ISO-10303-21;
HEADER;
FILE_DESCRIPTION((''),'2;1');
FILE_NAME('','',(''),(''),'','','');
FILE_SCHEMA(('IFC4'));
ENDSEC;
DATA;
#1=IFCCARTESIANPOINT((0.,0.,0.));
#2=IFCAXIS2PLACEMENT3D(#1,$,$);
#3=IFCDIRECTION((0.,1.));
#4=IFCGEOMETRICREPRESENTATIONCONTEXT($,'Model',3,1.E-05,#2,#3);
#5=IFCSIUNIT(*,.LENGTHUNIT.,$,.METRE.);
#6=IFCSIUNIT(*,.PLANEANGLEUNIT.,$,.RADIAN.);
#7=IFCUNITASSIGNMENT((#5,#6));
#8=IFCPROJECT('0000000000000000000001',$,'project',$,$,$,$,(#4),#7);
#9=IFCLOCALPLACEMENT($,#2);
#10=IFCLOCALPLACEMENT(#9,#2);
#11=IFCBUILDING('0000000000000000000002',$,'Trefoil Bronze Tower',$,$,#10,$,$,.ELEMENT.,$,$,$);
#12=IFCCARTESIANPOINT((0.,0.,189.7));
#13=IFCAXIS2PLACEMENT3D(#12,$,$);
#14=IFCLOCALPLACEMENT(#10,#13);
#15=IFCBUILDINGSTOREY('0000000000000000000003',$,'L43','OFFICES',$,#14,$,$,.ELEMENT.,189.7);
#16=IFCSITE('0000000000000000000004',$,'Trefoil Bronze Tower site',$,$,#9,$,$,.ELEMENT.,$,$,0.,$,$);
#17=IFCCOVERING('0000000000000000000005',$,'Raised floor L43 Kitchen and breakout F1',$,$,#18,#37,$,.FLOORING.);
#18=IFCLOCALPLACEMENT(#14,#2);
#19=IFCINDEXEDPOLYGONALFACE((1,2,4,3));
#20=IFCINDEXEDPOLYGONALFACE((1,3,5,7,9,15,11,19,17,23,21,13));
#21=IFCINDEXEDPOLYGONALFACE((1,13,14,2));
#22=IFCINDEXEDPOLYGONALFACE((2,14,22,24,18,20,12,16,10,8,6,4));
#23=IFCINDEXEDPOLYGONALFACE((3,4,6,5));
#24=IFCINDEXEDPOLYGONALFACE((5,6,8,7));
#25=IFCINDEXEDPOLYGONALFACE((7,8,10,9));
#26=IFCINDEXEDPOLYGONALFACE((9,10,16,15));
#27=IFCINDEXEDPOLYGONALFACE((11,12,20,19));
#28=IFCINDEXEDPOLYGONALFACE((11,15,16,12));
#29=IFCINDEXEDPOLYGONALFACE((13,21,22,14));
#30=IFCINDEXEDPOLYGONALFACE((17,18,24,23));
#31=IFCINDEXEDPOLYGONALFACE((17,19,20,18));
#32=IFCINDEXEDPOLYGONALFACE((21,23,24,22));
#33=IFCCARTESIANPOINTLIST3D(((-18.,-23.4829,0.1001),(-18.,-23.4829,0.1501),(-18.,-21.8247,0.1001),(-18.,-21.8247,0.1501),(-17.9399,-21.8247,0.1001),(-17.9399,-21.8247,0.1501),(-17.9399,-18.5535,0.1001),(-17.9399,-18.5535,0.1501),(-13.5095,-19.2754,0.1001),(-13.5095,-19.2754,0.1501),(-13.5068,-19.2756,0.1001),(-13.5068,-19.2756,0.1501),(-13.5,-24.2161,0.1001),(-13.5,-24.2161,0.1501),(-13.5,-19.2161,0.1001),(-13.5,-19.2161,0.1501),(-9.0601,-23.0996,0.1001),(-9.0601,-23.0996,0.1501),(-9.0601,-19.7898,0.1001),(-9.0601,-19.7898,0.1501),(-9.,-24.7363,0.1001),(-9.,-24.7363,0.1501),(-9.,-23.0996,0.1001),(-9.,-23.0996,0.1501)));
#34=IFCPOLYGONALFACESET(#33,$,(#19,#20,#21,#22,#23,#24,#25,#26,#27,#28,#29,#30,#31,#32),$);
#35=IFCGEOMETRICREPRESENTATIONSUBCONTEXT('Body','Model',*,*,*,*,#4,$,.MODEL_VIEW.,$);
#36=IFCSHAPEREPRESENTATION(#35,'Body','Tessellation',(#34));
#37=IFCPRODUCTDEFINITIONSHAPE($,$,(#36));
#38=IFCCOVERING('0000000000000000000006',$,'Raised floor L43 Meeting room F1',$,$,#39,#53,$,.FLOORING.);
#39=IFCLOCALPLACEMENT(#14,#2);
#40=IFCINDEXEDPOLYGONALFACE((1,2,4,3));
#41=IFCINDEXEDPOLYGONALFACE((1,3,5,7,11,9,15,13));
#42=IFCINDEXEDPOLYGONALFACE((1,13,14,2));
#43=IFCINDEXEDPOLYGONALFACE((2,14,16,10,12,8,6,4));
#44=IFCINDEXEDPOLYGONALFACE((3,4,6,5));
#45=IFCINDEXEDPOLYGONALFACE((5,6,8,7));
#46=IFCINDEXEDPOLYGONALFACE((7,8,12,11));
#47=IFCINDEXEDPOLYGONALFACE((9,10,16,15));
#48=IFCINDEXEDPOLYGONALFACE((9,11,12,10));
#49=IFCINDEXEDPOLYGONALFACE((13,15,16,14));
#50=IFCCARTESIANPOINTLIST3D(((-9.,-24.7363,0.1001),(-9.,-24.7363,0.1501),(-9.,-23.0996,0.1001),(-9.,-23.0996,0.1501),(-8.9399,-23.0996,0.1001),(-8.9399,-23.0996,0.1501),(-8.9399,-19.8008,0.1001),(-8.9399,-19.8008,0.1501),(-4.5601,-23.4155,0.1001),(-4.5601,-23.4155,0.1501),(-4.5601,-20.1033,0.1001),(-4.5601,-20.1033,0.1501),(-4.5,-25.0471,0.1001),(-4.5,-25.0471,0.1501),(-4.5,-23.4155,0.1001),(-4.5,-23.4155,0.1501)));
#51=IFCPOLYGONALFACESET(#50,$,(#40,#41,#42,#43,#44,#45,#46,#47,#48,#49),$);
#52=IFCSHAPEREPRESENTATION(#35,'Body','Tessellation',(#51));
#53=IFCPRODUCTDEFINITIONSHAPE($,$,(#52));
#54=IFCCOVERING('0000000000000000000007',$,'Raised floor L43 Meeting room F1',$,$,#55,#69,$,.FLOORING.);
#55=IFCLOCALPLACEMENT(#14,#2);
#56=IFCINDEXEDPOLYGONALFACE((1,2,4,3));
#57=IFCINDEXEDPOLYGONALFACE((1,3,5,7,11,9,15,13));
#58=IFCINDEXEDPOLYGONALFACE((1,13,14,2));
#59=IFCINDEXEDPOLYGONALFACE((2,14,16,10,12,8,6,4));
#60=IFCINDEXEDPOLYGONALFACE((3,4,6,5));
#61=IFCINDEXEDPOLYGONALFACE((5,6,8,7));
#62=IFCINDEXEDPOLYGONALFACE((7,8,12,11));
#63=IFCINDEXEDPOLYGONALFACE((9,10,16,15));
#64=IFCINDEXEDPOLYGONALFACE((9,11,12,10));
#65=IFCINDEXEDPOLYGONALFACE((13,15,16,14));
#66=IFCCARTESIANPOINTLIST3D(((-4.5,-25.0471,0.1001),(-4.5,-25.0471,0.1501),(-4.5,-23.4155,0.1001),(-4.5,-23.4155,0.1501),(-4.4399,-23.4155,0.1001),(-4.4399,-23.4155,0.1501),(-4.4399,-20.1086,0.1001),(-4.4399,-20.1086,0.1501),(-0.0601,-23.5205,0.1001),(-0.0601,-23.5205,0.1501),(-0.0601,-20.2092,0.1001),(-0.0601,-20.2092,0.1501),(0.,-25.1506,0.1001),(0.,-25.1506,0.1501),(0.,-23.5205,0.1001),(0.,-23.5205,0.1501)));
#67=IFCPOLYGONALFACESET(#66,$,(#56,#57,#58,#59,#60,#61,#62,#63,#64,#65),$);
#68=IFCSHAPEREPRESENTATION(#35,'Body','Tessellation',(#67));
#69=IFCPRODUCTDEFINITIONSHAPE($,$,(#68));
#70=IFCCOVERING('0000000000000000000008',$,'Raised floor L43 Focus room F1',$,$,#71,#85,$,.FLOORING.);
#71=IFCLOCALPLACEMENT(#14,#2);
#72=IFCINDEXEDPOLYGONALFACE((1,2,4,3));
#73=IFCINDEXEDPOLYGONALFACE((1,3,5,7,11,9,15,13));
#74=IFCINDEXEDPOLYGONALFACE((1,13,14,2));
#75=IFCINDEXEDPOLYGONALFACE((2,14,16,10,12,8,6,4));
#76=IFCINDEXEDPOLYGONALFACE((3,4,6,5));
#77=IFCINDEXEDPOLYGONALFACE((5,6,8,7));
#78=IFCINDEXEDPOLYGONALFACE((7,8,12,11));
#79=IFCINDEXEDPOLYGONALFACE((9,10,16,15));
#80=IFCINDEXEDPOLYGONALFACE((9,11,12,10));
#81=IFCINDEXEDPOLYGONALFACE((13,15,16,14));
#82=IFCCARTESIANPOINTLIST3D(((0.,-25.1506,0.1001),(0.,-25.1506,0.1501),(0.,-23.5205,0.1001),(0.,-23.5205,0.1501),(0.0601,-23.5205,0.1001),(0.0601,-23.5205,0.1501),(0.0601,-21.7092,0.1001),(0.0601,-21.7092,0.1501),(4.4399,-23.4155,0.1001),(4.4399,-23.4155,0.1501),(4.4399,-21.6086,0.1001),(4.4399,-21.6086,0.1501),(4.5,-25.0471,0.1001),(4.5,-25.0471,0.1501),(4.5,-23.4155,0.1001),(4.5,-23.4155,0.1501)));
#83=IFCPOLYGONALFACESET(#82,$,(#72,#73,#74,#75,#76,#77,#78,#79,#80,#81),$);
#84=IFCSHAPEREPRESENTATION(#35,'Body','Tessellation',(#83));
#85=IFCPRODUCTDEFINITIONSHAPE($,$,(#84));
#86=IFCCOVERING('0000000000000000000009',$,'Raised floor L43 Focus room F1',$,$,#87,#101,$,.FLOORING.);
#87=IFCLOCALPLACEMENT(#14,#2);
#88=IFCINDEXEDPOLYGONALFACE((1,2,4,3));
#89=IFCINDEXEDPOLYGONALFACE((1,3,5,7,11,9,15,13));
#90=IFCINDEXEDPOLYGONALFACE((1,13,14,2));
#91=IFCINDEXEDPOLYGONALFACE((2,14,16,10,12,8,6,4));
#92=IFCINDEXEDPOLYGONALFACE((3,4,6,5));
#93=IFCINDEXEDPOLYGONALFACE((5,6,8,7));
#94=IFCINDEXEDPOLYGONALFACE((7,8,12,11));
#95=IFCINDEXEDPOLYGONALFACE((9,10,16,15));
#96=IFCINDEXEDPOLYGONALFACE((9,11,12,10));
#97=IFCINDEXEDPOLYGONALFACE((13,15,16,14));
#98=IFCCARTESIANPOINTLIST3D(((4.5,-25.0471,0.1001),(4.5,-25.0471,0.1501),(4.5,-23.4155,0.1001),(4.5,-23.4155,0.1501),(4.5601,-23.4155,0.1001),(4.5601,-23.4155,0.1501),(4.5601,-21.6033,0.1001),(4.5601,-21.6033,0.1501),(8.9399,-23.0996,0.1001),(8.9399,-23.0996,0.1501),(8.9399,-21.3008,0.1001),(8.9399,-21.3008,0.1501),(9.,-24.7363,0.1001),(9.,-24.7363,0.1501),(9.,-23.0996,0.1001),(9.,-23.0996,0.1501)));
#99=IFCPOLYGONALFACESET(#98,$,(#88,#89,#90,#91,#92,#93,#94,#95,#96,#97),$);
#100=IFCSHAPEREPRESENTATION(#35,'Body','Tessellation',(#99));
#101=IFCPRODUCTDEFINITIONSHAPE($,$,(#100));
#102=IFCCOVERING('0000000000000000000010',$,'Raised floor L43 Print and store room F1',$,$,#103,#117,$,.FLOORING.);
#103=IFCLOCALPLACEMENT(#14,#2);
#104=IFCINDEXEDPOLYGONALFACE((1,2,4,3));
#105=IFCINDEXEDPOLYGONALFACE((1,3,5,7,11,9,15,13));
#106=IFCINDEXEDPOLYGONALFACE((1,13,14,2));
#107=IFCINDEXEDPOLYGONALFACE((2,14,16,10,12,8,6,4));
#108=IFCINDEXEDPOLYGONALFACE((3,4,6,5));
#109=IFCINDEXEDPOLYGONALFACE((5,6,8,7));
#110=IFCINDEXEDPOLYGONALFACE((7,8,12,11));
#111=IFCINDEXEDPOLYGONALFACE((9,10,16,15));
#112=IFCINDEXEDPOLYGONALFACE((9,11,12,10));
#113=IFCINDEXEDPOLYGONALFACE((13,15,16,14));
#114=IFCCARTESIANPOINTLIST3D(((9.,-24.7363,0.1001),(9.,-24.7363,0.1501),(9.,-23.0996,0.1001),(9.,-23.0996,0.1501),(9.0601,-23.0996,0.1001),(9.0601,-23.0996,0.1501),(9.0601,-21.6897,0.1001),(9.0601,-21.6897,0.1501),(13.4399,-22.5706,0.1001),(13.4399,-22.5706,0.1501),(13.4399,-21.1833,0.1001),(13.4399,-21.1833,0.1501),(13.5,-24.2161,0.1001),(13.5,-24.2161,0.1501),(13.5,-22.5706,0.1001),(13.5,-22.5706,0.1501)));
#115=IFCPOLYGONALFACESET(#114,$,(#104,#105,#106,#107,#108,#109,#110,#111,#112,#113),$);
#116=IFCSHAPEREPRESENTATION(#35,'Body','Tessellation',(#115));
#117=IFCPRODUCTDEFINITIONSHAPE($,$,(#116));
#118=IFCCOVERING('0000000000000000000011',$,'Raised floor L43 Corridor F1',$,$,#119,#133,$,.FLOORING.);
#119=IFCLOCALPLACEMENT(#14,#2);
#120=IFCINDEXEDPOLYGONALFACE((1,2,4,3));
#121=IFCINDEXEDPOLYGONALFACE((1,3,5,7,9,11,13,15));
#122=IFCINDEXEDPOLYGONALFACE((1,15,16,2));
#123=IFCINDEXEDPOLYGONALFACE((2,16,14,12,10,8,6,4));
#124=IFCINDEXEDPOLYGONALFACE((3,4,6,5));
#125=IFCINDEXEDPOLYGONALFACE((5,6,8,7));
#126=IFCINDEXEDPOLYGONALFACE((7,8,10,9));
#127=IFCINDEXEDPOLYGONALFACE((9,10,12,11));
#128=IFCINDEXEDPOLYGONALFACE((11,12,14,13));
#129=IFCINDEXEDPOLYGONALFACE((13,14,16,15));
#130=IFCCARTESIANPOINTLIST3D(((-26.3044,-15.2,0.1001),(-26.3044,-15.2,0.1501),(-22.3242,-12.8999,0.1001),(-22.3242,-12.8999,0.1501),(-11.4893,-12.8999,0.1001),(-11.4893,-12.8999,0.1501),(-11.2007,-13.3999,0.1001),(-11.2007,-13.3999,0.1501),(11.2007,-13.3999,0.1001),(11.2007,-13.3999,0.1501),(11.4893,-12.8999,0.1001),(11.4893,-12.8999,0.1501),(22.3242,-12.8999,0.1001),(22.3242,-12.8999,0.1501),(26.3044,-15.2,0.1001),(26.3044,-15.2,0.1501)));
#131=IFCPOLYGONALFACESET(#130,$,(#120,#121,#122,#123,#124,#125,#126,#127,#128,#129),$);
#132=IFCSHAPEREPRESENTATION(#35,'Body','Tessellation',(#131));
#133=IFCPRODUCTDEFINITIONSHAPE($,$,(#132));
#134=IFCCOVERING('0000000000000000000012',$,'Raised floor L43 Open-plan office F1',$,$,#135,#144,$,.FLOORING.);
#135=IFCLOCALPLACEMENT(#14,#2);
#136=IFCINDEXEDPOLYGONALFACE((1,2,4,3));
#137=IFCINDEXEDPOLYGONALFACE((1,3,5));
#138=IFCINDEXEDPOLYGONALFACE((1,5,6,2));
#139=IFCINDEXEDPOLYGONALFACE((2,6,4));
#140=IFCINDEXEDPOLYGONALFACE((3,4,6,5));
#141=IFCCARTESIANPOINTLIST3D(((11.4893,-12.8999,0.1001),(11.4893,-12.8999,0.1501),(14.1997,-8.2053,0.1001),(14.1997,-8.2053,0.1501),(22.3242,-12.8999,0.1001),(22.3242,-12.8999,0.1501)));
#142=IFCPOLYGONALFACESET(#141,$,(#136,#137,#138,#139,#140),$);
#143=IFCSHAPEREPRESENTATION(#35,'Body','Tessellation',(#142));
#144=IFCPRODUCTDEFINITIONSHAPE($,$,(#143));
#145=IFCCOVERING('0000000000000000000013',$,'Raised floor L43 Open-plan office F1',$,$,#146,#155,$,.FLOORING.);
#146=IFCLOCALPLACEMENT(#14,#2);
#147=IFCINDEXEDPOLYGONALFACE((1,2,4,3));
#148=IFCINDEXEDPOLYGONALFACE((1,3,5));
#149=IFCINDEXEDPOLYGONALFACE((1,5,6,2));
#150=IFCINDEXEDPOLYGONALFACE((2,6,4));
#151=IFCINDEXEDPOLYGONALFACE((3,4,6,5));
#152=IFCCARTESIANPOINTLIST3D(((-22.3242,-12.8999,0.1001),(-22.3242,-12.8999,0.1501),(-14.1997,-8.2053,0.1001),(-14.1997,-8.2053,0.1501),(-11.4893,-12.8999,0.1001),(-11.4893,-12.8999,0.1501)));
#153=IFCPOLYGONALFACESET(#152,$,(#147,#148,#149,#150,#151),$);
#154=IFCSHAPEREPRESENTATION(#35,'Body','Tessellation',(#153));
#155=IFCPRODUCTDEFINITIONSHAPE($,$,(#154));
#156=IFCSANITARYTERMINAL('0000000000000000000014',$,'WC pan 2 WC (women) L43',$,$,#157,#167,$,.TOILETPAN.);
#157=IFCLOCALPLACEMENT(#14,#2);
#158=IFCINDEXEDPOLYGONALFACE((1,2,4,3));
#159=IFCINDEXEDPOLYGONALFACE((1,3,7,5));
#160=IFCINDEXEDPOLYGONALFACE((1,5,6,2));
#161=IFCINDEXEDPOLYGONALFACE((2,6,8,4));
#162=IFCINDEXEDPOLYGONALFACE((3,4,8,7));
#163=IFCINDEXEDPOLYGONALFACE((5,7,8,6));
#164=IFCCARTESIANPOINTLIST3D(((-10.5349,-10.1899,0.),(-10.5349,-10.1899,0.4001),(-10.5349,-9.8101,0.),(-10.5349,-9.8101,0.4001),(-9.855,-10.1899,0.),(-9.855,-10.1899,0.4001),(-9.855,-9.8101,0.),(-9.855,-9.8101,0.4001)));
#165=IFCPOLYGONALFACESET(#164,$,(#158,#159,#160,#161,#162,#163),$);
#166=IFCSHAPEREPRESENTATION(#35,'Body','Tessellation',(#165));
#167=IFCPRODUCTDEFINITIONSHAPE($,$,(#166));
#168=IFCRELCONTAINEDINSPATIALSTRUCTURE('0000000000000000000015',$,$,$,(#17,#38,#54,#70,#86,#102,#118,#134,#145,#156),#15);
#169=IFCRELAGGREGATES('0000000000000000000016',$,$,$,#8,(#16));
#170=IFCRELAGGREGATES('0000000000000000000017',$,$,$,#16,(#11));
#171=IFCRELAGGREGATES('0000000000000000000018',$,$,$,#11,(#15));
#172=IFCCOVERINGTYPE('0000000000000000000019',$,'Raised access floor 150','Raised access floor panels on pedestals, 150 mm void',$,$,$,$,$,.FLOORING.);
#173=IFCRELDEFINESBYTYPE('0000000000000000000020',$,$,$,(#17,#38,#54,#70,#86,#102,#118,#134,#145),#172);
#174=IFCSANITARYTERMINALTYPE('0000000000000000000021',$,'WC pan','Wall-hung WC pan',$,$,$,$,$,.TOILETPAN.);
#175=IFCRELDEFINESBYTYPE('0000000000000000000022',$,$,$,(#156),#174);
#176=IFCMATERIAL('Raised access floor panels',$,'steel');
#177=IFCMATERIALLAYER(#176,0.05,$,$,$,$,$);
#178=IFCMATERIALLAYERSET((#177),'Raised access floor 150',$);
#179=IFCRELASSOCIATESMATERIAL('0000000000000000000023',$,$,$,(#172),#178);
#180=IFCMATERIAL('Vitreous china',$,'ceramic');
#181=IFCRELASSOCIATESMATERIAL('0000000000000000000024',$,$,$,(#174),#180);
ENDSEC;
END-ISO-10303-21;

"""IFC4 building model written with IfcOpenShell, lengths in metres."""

from ifc_helpers import new_model, si_unit, direction, frame, origin, place, context, subcontext, project, spatial, polyline, outline, extrude, material, layer, layer_set, type_object, element, save


model = new_model("IFC4")

# Units and contexts
model_context = context("Model", 3, precision=1e-05, world=origin(), true_north=direction((0.0, 1.0)))
body_context = subcontext(model_context, "Body", "Model", "MODEL_VIEW")
ifc_project = project(units=[si_unit("LENGTHUNIT", "METRE"), si_unit("PLANEANGLEUNIT", "RADIAN")], contexts=[model_context])

# Site, building, storey
site_placement = place(None, origin())
site = spatial("IfcSite", under=ifc_project, at=site_placement, Name="Trefoil Bronze Tower site", CompositionType="ELEMENT", RefElevation=0.0)
building_placement = place(site_placement, origin())
building = spatial("IfcBuilding", under=site, at=building_placement, Name="Trefoil Bronze Tower", CompositionType="ELEMENT")
storey_placement = place(building_placement, frame((0.0, 0.0, 189.7)))
storey = spatial("IfcBuildingStorey", under=building, at=storey_placement, Name="L43", Description="OFFICES", CompositionType="ELEMENT", Elevation=189.7)

# Coverings
ifc_material_1 = material(Name="Raised access floor panels", Category="steel")
ifc_layer_1 = layer(ifc_material_1, 0.05)
ifc_layer_set_1 = layer_set([ifc_layer_1], Name="Raised access floor 150")
covering_type_1 = type_object("IfcCoveringType", Name="Raised access floor 150", Description="Raised access floor panels on pedestals, 150 mm void", PredefinedType="FLOORING", material=ifc_layer_set_1)
covering_1_placement = place(storey_placement, frame((0.0, 0.0, 0.1001)))
element("IfcCovering", 1, at=covering_1_placement, inside=storey, type_object=covering_type_1, Name="Raised floor L43 Kitchen and breakout F1", PredefinedType="FLOORING", context=body_context, shape_type="SweptSolid", body=[
    extrude(outline(polyline([(-13.5, -24.2161), (-18.0, -23.4829), (-18.0, -21.8247), (-17.9399, -21.8247), (-17.9399, -18.5535), (-13.5095, -19.2754), (-13.5, -19.2161), (-13.5068, -19.2756), (-9.0601, -19.7898), (-9.0601, -23.0996), (-9.0, -23.0996), (-9.0, -24.7363), (-13.5, -24.2161)])), origin(), (0.0, 0.0, 1.0), 0.05),
])
covering_2_placement = place(storey_placement, frame((0.0, 0.0, 0.1001)))
element("IfcCovering", 2, at=covering_2_placement, inside=storey, type_object=covering_type_1, Name="Raised floor L43 Meeting room F1", PredefinedType="FLOORING", context=body_context, shape_type="SweptSolid", body=[
    extrude(outline(polyline([(-4.5, -25.0471), (-9.0, -24.7363), (-9.0, -23.0996), (-8.9399, -23.0996), (-8.9399, -19.8008), (-4.5601, -20.1033), (-4.5601, -23.4155), (-4.5, -23.4155), (-4.5, -25.0471)])), origin(), (0.0, 0.0, 1.0), 0.05),
])
covering_3_placement = place(storey_placement, frame((0.0, 0.0, 0.1001)))
element("IfcCovering", 3, at=covering_3_placement, inside=storey, type_object=covering_type_1, Name="Raised floor L43 Meeting room F1", PredefinedType="FLOORING", context=body_context, shape_type="SweptSolid", body=[
    extrude(outline(polyline([(0.0, -25.1506), (-4.5, -25.0471), (-4.5, -23.4155), (-4.4399, -23.4155), (-4.4399, -20.1086), (-0.0601, -20.2092), (-0.0601, -23.5205), (0.0, -23.5205), (0.0, -25.1506)])), origin(), (0.0, 0.0, 1.0), 0.05),
])
covering_4_placement = place(storey_placement, frame((0.0, 0.0, 0.1001)))
element("IfcCovering", 4, at=covering_4_placement, inside=storey, type_object=covering_type_1, Name="Raised floor L43 Focus room F1", PredefinedType="FLOORING", context=body_context, shape_type="SweptSolid", body=[
    extrude(outline(polyline([(4.5, -25.0471), (0.0, -25.1506), (0.0, -23.5205), (0.0601, -23.5205), (0.0601, -21.7092), (4.4399, -21.6086), (4.4399, -23.4155), (4.5, -23.4155), (4.5, -25.0471)])), origin(), (0.0, 0.0, 1.0), 0.05),
])
covering_5_placement = place(storey_placement, frame((0.0, 0.0, 0.1001)))
element("IfcCovering", 5, at=covering_5_placement, inside=storey, type_object=covering_type_1, Name="Raised floor L43 Focus room F1", PredefinedType="FLOORING", context=body_context, shape_type="SweptSolid", body=[
    extrude(outline(polyline([(9.0, -24.7363), (4.5, -25.0471), (4.5, -23.4155), (4.5601, -23.4155), (4.5601, -21.6033), (8.9399, -21.3008), (8.9399, -23.0996), (9.0, -23.0996), (9.0, -24.7363)])), origin(), (0.0, 0.0, 1.0), 0.05),
])
covering_6_placement = place(storey_placement, frame((0.0, 0.0, 0.1001)))
element("IfcCovering", 6, at=covering_6_placement, inside=storey, type_object=covering_type_1, Name="Raised floor L43 Print and store room F1", PredefinedType="FLOORING", context=body_context, shape_type="SweptSolid", body=[
    extrude(outline(polyline([(13.5, -24.2161), (9.0, -24.7363), (9.0, -23.0996), (9.0601, -23.0996), (9.0601, -21.6897), (13.4399, -21.1833), (13.4399, -22.5706), (13.5, -22.5706), (13.5, -24.2161)])), origin(), (0.0, 0.0, 1.0), 0.05),
])
covering_7_placement = place(storey_placement, frame((0.0, 0.0, 0.1001)))
element("IfcCovering", 7, at=covering_7_placement, inside=storey, type_object=covering_type_1, Name="Raised floor L43 Corridor F1", PredefinedType="FLOORING", context=body_context, shape_type="SweptSolid", body=[
    extrude(outline(polyline([(-26.3044, -15.2), (-22.3242, -12.8999), (-11.4893, -12.8999), (-11.2007, -13.3999), (11.2007, -13.3999), (11.4893, -12.8999), (22.3242, -12.8999), (26.3044, -15.2), (-26.3044, -15.2)])), origin(), (0.0, 0.0, 1.0), 0.05),
])
covering_8_placement = place(storey_placement, frame((0.0, 0.0, 0.1001)))
element("IfcCovering", 8, at=covering_8_placement, inside=storey, type_object=covering_type_1, Name="Raised floor L43 Open-plan office F1", PredefinedType="FLOORING", context=body_context, shape_type="SweptSolid", body=[
    extrude(outline(polyline([(14.1997, -8.2053), (22.3242, -12.8999), (11.4893, -12.8999), (14.1997, -8.2053)])), origin(), (0.0, 0.0, 1.0), 0.05),
])
covering_9_placement = place(storey_placement, frame((0.0, 0.0, 0.1001)))
element("IfcCovering", 9, at=covering_9_placement, inside=storey, type_object=covering_type_1, Name="Raised floor L43 Open-plan office F1", PredefinedType="FLOORING", context=body_context, shape_type="SweptSolid", body=[
    extrude(outline(polyline([(-14.1997, -8.2053), (-11.4893, -12.8999), (-22.3242, -12.8999), (-14.1997, -8.2053)])), origin(), (0.0, 0.0, 1.0), 0.05),
])

# Sanitary terminal
ifc_material_2 = material(Name="Vitreous china", Category="ceramic")
sanitary_terminal_type = type_object("IfcSanitaryTerminalType", Name="WC pan", Description="Wall-hung WC pan", PredefinedType="TOILETPAN", material=ifc_material_2)
sanitary_terminal_placement = place(storey_placement, origin())
element("IfcSanitaryTerminal", 10, at=sanitary_terminal_placement, inside=storey, type_object=sanitary_terminal_type, Name="WC pan 2 WC (women) L43", PredefinedType="TOILETPAN", context=body_context, shape_type="SweptSolid", body=[
    extrude(outline(polyline([(-9.855, -9.8101), (-10.5349, -9.8101), (-10.5349, -10.1899), (-9.855, -10.1899), (-9.855, -9.8101)])), origin(), (0.0, 0.0, 1.0), 0.4001),
])

save(model, "model.ifc")
